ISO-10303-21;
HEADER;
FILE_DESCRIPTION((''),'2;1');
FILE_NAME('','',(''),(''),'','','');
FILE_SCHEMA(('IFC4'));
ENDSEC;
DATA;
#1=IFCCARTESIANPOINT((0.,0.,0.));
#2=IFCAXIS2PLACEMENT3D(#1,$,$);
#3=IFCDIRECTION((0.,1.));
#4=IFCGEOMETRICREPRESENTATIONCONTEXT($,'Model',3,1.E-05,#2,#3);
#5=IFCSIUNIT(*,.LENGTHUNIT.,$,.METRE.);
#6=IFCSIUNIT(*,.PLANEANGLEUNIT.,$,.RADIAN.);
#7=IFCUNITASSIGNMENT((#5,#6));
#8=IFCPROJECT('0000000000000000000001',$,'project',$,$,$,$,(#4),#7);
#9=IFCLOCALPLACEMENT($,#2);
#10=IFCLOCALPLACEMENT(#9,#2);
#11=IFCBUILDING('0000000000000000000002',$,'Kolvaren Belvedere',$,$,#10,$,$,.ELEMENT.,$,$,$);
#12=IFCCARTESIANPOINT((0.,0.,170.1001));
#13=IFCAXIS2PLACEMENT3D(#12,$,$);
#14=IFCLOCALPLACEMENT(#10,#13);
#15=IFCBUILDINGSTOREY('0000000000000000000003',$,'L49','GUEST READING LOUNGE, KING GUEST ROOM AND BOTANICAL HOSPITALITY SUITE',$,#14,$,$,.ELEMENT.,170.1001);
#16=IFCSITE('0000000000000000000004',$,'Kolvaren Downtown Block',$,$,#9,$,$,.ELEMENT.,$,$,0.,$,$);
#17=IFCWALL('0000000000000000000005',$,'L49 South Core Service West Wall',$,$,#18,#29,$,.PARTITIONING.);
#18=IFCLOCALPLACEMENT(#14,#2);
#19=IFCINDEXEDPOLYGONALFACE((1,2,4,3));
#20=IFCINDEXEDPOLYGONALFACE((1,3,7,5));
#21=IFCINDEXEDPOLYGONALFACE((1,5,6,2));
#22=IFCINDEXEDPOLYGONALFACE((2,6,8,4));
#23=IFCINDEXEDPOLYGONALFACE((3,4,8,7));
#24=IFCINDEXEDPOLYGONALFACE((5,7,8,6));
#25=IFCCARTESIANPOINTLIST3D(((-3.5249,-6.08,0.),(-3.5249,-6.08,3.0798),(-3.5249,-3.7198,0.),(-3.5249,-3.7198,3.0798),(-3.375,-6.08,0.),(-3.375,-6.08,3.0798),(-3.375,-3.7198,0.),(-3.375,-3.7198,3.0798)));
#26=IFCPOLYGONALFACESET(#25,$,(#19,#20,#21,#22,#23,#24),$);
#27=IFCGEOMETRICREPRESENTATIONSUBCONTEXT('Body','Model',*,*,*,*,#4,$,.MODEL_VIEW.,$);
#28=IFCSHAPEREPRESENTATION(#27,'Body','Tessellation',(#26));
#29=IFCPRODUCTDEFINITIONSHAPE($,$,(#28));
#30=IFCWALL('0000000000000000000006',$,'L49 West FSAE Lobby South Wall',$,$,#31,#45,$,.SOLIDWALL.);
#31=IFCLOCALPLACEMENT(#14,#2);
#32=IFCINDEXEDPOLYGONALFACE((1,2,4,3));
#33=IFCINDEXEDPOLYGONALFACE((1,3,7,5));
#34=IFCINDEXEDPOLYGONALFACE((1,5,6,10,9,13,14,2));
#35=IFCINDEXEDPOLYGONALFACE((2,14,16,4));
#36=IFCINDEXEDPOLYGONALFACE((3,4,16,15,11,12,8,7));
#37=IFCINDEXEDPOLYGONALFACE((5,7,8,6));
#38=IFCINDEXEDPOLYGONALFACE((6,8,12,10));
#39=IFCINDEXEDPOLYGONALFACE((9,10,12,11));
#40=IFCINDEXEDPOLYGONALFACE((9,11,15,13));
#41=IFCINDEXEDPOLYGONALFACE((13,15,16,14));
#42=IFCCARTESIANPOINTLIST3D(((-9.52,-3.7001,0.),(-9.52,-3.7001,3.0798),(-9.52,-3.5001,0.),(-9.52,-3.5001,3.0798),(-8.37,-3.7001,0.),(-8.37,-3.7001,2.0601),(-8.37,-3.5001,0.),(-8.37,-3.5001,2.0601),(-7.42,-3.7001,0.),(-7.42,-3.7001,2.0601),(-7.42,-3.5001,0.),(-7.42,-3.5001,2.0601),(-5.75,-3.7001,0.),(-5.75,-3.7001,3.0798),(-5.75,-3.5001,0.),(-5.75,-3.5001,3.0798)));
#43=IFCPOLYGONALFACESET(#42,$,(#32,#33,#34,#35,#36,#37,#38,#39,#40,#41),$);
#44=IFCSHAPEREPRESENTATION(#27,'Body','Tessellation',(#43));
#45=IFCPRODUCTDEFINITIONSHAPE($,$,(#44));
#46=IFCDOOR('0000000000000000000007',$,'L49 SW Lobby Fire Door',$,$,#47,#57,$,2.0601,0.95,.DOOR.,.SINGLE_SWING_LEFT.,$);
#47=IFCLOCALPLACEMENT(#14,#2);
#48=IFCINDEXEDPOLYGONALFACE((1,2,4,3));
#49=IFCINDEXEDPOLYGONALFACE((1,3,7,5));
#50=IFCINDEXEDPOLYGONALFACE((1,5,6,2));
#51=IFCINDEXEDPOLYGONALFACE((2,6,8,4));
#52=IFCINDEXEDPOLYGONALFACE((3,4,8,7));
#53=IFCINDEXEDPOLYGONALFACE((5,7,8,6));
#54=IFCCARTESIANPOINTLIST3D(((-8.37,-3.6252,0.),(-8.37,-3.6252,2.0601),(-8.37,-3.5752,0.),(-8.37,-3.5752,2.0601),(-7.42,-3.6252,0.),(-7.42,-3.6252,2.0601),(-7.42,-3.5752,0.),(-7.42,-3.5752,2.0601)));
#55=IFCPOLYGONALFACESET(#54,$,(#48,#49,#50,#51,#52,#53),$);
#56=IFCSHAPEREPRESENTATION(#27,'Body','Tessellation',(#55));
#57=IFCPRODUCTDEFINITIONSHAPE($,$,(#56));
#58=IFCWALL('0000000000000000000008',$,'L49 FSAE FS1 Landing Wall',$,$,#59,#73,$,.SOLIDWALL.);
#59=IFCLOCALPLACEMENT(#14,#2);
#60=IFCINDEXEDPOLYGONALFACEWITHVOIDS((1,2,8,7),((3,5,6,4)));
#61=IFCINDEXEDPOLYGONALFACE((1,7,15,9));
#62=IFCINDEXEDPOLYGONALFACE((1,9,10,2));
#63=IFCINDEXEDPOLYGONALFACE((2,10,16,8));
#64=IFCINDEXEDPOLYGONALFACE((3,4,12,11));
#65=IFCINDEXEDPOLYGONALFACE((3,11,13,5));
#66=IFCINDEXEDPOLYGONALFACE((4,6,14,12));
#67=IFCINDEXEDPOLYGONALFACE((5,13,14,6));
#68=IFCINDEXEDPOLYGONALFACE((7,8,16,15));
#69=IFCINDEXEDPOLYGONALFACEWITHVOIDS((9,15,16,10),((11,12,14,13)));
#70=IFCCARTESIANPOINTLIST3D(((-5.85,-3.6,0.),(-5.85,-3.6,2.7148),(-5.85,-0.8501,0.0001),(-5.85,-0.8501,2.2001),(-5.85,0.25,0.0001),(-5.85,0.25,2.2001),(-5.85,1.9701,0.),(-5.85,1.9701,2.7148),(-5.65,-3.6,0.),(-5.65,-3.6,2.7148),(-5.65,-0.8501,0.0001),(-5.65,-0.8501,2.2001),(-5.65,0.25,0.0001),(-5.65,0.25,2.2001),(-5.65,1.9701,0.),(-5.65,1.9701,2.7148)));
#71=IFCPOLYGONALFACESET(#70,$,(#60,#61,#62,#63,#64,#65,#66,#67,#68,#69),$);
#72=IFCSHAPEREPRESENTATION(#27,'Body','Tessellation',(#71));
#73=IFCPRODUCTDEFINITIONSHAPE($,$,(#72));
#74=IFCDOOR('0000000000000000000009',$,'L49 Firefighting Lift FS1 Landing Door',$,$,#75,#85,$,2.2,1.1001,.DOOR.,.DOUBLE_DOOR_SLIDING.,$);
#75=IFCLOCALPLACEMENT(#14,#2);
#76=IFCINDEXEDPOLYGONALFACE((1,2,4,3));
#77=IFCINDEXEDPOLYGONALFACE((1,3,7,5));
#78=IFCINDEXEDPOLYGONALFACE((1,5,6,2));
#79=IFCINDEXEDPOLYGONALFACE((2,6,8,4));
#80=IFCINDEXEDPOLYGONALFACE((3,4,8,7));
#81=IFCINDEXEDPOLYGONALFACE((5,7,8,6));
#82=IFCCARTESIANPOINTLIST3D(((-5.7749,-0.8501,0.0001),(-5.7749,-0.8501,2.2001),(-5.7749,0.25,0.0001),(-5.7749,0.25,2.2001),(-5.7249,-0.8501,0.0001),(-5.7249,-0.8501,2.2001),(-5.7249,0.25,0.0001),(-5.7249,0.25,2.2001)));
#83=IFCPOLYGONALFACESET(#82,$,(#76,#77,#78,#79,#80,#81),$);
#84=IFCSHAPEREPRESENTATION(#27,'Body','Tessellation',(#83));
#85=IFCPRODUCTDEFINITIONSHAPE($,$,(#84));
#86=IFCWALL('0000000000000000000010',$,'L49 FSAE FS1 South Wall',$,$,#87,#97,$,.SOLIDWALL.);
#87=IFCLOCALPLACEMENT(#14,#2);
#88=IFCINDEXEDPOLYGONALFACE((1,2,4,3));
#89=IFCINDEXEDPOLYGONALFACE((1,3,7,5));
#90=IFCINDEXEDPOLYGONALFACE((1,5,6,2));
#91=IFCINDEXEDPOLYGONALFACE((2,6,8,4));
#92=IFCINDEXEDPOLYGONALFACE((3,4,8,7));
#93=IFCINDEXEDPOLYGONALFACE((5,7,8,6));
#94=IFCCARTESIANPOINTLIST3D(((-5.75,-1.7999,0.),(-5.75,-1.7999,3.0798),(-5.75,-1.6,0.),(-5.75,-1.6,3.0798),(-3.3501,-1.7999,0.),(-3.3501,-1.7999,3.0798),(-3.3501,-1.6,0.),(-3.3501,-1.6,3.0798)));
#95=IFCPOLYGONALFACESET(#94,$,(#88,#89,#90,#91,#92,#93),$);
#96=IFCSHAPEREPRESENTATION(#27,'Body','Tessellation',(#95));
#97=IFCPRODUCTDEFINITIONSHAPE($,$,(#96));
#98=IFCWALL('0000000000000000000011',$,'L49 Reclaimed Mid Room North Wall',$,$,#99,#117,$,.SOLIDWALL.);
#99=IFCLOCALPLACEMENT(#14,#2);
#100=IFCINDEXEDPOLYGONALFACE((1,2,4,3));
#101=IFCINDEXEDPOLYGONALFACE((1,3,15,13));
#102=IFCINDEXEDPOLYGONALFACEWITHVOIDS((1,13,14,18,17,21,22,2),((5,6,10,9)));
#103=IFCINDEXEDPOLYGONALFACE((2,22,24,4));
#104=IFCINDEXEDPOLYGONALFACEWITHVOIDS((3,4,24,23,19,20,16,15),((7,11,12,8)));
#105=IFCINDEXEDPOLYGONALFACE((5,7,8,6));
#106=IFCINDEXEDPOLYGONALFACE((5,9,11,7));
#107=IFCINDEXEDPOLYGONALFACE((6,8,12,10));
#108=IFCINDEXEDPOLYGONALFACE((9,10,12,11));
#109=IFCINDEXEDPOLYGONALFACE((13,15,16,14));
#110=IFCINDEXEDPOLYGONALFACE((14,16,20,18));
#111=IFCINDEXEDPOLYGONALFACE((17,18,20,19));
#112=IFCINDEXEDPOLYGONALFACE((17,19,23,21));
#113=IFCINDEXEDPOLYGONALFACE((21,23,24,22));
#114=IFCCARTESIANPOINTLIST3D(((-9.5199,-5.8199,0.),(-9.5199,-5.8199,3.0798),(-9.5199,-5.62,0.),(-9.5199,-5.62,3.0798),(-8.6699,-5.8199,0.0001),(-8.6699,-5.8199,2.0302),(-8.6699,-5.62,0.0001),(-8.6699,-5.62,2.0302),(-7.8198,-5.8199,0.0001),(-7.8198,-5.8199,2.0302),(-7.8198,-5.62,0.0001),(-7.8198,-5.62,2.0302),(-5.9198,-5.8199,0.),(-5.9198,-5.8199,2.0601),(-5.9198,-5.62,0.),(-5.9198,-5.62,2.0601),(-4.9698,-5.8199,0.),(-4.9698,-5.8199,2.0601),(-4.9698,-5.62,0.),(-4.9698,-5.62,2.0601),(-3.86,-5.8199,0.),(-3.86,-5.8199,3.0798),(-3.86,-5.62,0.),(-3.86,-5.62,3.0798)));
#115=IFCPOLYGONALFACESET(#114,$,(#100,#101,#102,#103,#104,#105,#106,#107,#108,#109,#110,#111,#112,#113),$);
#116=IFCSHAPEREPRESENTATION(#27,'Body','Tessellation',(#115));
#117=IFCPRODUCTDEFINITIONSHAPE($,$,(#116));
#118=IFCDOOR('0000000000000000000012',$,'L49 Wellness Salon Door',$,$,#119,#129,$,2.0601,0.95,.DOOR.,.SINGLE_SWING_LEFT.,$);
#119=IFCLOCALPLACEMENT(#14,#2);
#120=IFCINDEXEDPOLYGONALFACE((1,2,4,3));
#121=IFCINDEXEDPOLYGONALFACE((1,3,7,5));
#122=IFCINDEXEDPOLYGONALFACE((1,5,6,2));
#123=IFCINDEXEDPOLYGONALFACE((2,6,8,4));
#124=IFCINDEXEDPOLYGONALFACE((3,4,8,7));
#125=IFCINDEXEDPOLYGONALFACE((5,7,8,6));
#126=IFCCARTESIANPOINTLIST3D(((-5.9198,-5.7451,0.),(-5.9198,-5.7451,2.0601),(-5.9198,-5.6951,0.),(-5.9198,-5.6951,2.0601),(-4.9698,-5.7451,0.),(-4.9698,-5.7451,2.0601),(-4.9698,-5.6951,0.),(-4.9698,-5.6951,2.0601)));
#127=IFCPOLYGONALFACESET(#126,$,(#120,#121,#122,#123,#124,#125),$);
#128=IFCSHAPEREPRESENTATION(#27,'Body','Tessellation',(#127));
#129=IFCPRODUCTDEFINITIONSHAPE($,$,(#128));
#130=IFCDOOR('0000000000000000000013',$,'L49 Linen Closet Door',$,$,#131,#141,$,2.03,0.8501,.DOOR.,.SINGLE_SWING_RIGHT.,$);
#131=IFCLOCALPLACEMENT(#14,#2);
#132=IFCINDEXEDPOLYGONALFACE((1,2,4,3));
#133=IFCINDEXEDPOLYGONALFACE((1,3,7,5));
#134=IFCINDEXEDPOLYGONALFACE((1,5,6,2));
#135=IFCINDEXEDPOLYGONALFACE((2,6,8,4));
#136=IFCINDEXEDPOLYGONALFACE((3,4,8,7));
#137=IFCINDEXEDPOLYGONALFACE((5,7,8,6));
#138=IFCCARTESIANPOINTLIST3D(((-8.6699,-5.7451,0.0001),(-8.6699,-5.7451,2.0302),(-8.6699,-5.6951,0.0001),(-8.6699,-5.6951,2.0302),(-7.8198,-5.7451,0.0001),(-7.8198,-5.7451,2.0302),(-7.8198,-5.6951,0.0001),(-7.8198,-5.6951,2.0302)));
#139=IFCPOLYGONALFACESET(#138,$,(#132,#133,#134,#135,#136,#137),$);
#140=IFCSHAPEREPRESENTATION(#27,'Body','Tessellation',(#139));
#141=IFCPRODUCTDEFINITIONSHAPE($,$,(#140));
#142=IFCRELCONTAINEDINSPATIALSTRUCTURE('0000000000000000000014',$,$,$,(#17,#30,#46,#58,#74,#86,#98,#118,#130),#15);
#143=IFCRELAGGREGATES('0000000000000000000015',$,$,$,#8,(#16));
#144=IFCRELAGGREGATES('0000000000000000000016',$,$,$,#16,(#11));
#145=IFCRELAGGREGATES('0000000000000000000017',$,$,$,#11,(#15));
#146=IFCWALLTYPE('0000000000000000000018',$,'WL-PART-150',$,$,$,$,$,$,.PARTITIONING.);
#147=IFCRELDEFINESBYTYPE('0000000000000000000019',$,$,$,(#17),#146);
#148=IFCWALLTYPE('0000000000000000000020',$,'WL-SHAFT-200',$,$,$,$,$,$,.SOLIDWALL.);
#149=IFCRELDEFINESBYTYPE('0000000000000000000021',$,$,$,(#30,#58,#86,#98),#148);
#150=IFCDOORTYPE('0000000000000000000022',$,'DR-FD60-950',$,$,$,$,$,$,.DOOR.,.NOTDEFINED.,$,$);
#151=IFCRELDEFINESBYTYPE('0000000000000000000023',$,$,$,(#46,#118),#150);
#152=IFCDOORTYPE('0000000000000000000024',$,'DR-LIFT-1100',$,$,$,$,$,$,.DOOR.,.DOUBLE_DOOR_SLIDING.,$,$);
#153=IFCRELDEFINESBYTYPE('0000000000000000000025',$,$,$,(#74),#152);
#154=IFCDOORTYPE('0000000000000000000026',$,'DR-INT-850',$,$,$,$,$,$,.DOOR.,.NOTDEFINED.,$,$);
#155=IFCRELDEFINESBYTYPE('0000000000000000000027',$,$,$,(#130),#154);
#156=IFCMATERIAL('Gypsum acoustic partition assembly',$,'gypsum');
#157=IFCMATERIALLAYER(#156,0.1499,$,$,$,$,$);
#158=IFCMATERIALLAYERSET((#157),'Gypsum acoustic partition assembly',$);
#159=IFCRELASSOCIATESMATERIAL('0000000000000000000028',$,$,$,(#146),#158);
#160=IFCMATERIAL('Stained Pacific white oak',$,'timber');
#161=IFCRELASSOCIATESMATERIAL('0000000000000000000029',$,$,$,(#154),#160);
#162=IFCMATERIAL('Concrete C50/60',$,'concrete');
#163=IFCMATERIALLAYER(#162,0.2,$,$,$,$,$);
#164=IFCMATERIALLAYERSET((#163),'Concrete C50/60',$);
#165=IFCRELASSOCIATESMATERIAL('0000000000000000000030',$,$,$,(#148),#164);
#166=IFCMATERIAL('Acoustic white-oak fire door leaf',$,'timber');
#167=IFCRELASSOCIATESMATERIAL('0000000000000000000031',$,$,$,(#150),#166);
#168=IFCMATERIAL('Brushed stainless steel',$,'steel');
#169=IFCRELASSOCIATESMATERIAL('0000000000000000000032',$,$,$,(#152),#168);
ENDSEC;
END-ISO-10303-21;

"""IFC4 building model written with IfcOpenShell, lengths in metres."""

from ifc_helpers import new_model, si_unit, direction, frame, frame_2d, origin, place, context, subcontext, project, spatial, rectangle, extrude, material, layer, layer_set, type_object, element, fill, save


model = new_model("IFC4")

# Units and contexts
model_context = context("Model", 3, precision=1e-05, world=origin(), true_north=direction((0.0, 1.0)))
body_context = subcontext(model_context, "Body", "Model", "MODEL_VIEW")
ifc_project = project(units=[si_unit("LENGTHUNIT", "METRE"), si_unit("PLANEANGLEUNIT", "RADIAN")], contexts=[model_context])

# Site, building, storey
site_placement = place(None, origin())
site = spatial("IfcSite", under=ifc_project, at=site_placement, Name="Kolvaren Downtown Block", CompositionType="ELEMENT", RefElevation=0.0)
building_placement = place(site_placement, origin())
building = spatial("IfcBuilding", under=site, at=building_placement, Name="Kolvaren Belvedere", CompositionType="ELEMENT")
storey_placement = place(building_placement, frame((0.0, 0.0, 170.1001)))
storey = spatial("IfcBuildingStorey", under=building, at=storey_placement, Name="L49", Description="GUEST READING LOUNGE, KING GUEST ROOM AND BOTANICAL HOSPITALITY SUITE", CompositionType="ELEMENT", Elevation=170.1001)

# Shared definitions
ifc_material_1 = material(Name="Gypsum acoustic partition assembly", Category="gypsum")
ifc_layer_1 = layer(ifc_material_1, 0.1499)
ifc_layer_set_1 = layer_set([ifc_layer_1], Name="Gypsum acoustic partition assembly")
wall_type_1 = type_object("IfcWallType", Name="WL-PART-150", PredefinedType="PARTITIONING", material=ifc_layer_set_1)
ifc_material_2 = material(Name="Stained Pacific white oak", Category="timber")
door_type_1 = type_object("IfcDoorType", Name="DR-INT-850", OperationType="NOTDEFINED", PredefinedType="DOOR", material=ifc_material_2)

# Wall
wall_1_placement = place(storey_placement, frame((-3.45, -6.0801, 0.0), z_axis=(0.0, 0.0, 1.0), x_axis=(0.0, 1.0, 0.0)))
element("IfcWall", 1, at=wall_1_placement, inside=storey, type_object=wall_type_1, Name="L49 South Core Service West Wall", PredefinedType="PARTITIONING", context=body_context, shape_type="SweptSolid", body=[
    extrude(rectangle(XDim=2.3601, YDim=0.1499, at=frame_2d((1.1802, 0.0))), origin(), (0.0, 0.0, 1.0), 3.0798),
])

# Walls, openings, doors
ifc_material_3 = material(Name="Concrete C50/60", Category="concrete")
ifc_layer_2 = layer(ifc_material_3, 0.2)
ifc_layer_set_2 = layer_set([ifc_layer_2], Name="Concrete C50/60")
wall_type_2 = type_object("IfcWallType", Name="WL-SHAFT-200", PredefinedType="SOLIDWALL", material=ifc_layer_set_2)
wall_2_placement = place(storey_placement, frame((-9.52, -3.6001, 0.0), z_axis=(0.0, 0.0, 1.0), x_axis=(1.0, 0.0, 0.0)))
wall_2 = element("IfcWall", 2, at=wall_2_placement, inside=storey, type_object=wall_type_2, Name="L49 West FSAE Lobby South Wall", PredefinedType="SOLIDWALL", context=body_context, shape_type="SweptSolid", body=[
    extrude(rectangle(XDim=3.77, YDim=0.2, at=frame_2d((1.885, 0.0))), origin(), (0.0, 0.0, 1.0), 3.0798),
])
opening_1_placement = place(wall_2_placement, frame((1.1499, 0.0, 0.0)))
opening_1 = element("IfcOpeningElement", 3, at=opening_1_placement, cuts=wall_2, PredefinedType="OPENING", context=body_context, shape_type="SweptSolid", body=[
    extrude(rectangle(XDim=0.95, YDim=2.0601, at=frame_2d((0.4751, 1.03))), frame((0.0, 0.1099, 0.0), z_axis=(0.0, -1.0, 0.0), x_axis=(1.0, 0.0, 0.0)), (0.0, 0.0, 1.0), 0.22),
])
ifc_material_4 = material(Name="Acoustic white-oak fire door leaf", Category="timber")
door_type_2 = type_object("IfcDoorType", Name="DR-FD60-950", OperationType="NOTDEFINED", PredefinedType="DOOR", material=ifc_material_4)
door_1_placement = place(opening_1_placement, origin())
door_1 = element("IfcDoor", 4, at=door_1_placement, inside=storey, type_object=door_type_2, Name="L49 SW Lobby Fire Door", OperationType="SINGLE_SWING_LEFT", OverallHeight=2.0601, OverallWidth=0.95, PredefinedType="DOOR", context=body_context, shape_type="SweptSolid", body=[
    extrude(rectangle(XDim=0.95, YDim=2.0601, at=frame_2d((0.4751, 1.03))), frame((0.0, 0.0249, 0.0), z_axis=(0.0, -1.0, 0.0), x_axis=(1.0, 0.0, 0.0)), (0.0, 0.0, 1.0), 0.05),
])
fill(opening_1, door_1)
wall_3_placement = place(storey_placement, frame((-5.75, -3.6001, 0.0), z_axis=(0.0, 0.0, 1.0), x_axis=(0.0, 1.0, 0.0)))
wall_3 = element("IfcWall", 5, at=wall_3_placement, inside=storey, type_object=wall_type_2, Name="L49 FSAE FS1 Landing Wall", PredefinedType="SOLIDWALL", context=body_context, shape_type="SweptSolid", body=[
    extrude(rectangle(XDim=5.5701, YDim=0.2, at=frame_2d((2.7852, 0.0))), origin(), (0.0, 0.0, 1.0), 2.7148),
])
opening_2_placement = place(wall_3_placement, frame((2.75, 0.0, 0.0)))
opening_2 = element("IfcOpeningElement", 6, at=opening_2_placement, cuts=wall_3, PredefinedType="OPENING", context=body_context, shape_type="SweptSolid", body=[
    extrude(rectangle(XDim=1.1001, YDim=2.2, at=frame_2d((0.55, 1.1001))), frame((0.0, 0.1099, 0.0), z_axis=(0.0, -1.0, 0.0), x_axis=(1.0, 0.0, 0.0)), (0.0, 0.0, 1.0), 0.22),
])
ifc_material_5 = material(Name="Brushed stainless steel", Category="steel")
door_type_3 = type_object("IfcDoorType", Name="DR-LIFT-1100", OperationType="DOUBLE_DOOR_SLIDING", PredefinedType="DOOR", material=ifc_material_5)
door_2_placement = place(opening_2_placement, origin())
door_2 = element("IfcDoor", 7, at=door_2_placement, inside=storey, type_object=door_type_3, Name="L49 Firefighting Lift FS1 Landing Door", OperationType="DOUBLE_DOOR_SLIDING", OverallHeight=2.2, OverallWidth=1.1001, PredefinedType="DOOR", context=body_context, shape_type="SweptSolid", body=[
    extrude(rectangle(XDim=1.1001, YDim=2.2, at=frame_2d((0.55, 1.1001))), frame((0.0, 0.0249, 0.0), z_axis=(0.0, -1.0, 0.0), x_axis=(1.0, 0.0, 0.0)), (0.0, 0.0, 1.0), 0.05),
])
fill(opening_2, door_2)

# Wall
wall_4_placement = place(storey_placement, frame((-5.75, -1.7, 0.0), z_axis=(0.0, 0.0, 1.0), x_axis=(1.0, 0.0, 0.0)))
element("IfcWall", 8, at=wall_4_placement, inside=storey, type_object=wall_type_2, Name="L49 FSAE FS1 South Wall", PredefinedType="SOLIDWALL", context=body_context, shape_type="SweptSolid", body=[
    extrude(rectangle(XDim=2.3999, YDim=0.2, at=frame_2d((1.2, 0.0))), origin(), (0.0, 0.0, 1.0), 3.0798),
])

# Wall, openings, doors
wall_5_placement = place(storey_placement, frame((-9.52, -5.72, 0.0), z_axis=(0.0, 0.0, 1.0), x_axis=(1.0, 0.0, 0.0)))
wall_5 = element("IfcWall", 9, at=wall_5_placement, inside=storey, type_object=wall_type_2, Name="L49 Reclaimed Mid Room North Wall", PredefinedType="SOLIDWALL", context=body_context, shape_type="SweptSolid", body=[
    extrude(rectangle(XDim=5.6599, YDim=0.2, at=frame_2d((2.8301, 0.0))), origin(), (0.0, 0.0, 1.0), 3.0798),
])
opening_3_placement = place(wall_5_placement, frame((3.6001, 0.0, 0.0)))
opening_3 = element("IfcOpeningElement", 10, at=opening_3_placement, cuts=wall_5, PredefinedType="OPENING", context=body_context, shape_type="SweptSolid", body=[
    extrude(rectangle(XDim=0.95, YDim=2.0601, at=frame_2d((0.4751, 1.03))), frame((0.0, 0.1099, 0.0), z_axis=(0.0, -1.0, 0.0), x_axis=(1.0, 0.0, 0.0)), (0.0, 0.0, 1.0), 0.22),
])
opening_4_placement = place(wall_5_placement, frame((0.8501, 0.0, 0.0)))
opening_4 = element("IfcOpeningElement", 11, at=opening_4_placement, cuts=wall_5, PredefinedType="OPENING", context=body_context, shape_type="SweptSolid", body=[
    extrude(rectangle(XDim=0.8501, YDim=2.03, at=frame_2d((0.425, 1.0151))), frame((0.0, 0.1099, 0.0), z_axis=(0.0, -1.0, 0.0), x_axis=(1.0, 0.0, 0.0)), (0.0, 0.0, 1.0), 0.22),
])
door_3_placement = place(opening_3_placement, origin())
door_3 = element("IfcDoor", 12, at=door_3_placement, inside=storey, type_object=door_type_2, Name="L49 Wellness Salon Door", OperationType="SINGLE_SWING_LEFT", OverallHeight=2.0601, OverallWidth=0.95, PredefinedType="DOOR", context=body_context, shape_type="SweptSolid", body=[
    extrude(rectangle(XDim=0.95, YDim=2.0601, at=frame_2d((0.4751, 1.03))), frame((0.0, 0.0249, 0.0), z_axis=(0.0, -1.0, 0.0), x_axis=(1.0, 0.0, 0.0)), (0.0, 0.0, 1.0), 0.05),
])
fill(opening_3, door_3)
door_4_placement = place(opening_4_placement, origin())
door_4 = element("IfcDoor", 13, at=door_4_placement, inside=storey, type_object=door_type_1, Name="L49 Linen Closet Door", OperationType="SINGLE_SWING_RIGHT", OverallHeight=2.03, OverallWidth=0.8501, PredefinedType="DOOR", context=body_context, shape_type="SweptSolid", body=[
    extrude(rectangle(XDim=0.8501, YDim=2.03, at=frame_2d((0.425, 1.0151))), frame((0.0, 0.0249, 0.0), z_axis=(0.0, -1.0, 0.0), x_axis=(1.0, 0.0, 0.0)), (0.0, 0.0, 1.0), 0.05),
])
fill(opening_4, door_4)

save(model, "model.ifc")
